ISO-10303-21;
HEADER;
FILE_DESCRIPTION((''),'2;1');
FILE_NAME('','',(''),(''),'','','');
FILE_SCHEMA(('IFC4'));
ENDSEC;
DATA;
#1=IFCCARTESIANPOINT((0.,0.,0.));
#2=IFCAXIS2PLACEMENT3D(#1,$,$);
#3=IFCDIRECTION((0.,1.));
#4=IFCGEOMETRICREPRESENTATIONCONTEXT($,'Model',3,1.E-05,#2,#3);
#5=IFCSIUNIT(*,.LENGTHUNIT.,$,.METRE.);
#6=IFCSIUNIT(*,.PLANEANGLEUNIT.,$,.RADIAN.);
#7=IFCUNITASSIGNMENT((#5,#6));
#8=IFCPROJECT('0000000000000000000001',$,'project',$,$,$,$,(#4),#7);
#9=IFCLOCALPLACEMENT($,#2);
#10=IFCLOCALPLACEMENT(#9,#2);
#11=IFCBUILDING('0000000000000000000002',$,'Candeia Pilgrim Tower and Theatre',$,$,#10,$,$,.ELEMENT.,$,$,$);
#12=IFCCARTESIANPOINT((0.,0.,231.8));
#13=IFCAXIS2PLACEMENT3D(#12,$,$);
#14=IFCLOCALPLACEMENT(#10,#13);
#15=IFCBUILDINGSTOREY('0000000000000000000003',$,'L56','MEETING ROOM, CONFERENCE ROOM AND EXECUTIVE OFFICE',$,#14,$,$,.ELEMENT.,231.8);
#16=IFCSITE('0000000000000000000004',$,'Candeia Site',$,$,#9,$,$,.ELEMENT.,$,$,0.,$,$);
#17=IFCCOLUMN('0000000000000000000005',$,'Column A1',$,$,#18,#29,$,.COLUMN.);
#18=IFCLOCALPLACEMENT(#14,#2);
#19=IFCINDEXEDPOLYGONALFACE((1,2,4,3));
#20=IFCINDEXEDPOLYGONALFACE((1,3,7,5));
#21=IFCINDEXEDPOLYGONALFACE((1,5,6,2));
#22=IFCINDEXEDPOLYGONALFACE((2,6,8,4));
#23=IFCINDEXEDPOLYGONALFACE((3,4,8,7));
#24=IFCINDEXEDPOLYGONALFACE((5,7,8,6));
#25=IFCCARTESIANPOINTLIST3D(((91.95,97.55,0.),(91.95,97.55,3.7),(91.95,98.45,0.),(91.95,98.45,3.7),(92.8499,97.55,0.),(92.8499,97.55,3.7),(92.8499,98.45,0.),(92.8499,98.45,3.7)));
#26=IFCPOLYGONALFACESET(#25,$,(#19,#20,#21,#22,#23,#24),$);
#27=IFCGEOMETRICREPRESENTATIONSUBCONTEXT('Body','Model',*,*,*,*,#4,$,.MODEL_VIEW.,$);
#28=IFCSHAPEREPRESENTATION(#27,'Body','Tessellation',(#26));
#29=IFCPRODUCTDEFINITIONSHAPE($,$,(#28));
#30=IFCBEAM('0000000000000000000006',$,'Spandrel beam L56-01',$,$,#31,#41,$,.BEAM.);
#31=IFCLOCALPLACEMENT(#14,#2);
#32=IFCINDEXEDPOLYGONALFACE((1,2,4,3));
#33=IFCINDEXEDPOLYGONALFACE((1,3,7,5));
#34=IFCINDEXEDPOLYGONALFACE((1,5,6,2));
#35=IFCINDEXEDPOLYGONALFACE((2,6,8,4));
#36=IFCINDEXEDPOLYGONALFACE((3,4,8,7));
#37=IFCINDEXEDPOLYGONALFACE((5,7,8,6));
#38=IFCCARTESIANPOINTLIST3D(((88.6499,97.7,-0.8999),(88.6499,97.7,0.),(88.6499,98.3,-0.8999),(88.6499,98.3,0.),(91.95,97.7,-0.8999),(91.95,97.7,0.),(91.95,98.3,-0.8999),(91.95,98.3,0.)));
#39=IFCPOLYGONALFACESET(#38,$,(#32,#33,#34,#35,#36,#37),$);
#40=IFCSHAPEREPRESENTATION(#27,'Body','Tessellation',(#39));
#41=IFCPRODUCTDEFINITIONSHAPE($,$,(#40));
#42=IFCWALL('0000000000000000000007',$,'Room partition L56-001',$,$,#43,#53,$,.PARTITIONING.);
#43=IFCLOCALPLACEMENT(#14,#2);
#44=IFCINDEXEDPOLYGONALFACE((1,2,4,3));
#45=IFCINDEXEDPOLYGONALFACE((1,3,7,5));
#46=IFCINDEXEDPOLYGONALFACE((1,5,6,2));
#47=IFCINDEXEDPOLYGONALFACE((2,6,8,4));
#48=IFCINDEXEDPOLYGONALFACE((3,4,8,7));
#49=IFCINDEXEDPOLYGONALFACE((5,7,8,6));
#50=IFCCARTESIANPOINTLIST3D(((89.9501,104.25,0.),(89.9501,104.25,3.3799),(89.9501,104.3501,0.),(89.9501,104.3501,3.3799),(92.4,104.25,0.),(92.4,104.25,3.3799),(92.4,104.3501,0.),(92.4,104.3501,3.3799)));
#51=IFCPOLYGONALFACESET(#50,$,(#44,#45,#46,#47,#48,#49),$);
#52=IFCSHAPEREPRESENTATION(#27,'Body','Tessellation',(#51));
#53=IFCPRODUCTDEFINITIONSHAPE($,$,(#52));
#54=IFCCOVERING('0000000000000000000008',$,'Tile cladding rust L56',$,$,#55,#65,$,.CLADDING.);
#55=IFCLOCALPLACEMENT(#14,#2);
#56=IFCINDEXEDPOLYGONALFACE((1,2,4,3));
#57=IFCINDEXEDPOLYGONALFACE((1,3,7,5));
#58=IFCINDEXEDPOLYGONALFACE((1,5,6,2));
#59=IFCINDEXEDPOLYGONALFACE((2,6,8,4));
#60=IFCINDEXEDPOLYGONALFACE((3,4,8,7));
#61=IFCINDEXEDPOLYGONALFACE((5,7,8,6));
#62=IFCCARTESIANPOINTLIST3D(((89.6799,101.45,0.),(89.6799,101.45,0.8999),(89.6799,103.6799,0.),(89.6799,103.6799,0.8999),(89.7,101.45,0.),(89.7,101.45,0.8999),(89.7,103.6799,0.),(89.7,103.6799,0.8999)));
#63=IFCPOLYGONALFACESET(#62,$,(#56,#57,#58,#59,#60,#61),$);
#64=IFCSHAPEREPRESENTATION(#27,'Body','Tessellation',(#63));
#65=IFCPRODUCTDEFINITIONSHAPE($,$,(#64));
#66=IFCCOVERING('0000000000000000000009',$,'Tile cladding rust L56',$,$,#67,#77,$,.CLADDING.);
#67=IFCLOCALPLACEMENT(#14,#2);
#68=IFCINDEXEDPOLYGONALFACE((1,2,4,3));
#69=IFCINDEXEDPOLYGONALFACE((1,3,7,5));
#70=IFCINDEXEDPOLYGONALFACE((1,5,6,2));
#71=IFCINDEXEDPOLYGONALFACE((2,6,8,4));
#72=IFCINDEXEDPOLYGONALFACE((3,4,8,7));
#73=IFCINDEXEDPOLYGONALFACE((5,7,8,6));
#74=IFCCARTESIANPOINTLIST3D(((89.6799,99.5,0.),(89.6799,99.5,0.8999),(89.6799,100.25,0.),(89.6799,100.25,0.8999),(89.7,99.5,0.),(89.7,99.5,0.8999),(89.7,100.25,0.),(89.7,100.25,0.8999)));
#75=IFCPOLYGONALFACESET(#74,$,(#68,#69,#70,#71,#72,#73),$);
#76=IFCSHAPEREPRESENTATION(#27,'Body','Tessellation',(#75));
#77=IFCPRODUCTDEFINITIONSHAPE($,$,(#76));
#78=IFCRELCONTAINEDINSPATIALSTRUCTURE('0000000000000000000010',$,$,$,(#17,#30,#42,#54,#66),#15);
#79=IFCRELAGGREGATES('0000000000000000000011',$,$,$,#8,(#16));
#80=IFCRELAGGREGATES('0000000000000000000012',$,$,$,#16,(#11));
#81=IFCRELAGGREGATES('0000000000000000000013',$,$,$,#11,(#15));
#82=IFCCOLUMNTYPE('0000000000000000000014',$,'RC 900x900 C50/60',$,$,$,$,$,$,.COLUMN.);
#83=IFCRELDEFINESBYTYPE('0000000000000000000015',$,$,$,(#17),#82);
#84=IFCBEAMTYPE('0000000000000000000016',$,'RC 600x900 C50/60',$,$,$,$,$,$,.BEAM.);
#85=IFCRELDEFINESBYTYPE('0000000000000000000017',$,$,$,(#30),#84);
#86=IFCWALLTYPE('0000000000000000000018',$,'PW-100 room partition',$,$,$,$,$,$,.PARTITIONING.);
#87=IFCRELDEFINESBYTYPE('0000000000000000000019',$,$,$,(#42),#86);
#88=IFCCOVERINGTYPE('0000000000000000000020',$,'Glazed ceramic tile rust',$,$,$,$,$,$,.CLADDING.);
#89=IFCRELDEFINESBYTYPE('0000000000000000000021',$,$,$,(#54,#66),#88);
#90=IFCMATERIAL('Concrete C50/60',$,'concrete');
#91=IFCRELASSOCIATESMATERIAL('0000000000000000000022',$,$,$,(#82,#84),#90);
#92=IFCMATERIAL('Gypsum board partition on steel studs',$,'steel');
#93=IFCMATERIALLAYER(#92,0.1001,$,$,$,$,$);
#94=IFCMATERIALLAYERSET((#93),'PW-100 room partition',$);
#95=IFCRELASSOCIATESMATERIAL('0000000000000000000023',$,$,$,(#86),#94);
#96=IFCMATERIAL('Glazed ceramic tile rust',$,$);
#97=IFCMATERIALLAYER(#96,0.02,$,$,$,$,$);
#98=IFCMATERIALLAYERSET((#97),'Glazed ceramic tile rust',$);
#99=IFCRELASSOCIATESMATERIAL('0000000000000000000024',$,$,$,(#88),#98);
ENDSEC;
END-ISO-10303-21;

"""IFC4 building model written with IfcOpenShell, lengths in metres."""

from ifc_helpers import new_model, si_unit, direction, frame, frame_2d, origin, origin_2d, place, context, subcontext, project, spatial, rectangle, extrude, material, layer, layer_set, material_profile, profile_set, type_object, element, save


model = new_model("IFC4")

# Units and contexts
model_context = context("Model", 3, precision=1e-05, world=origin(), true_north=direction((0.0, 1.0)))
body_context = subcontext(model_context, "Body", "Model", "MODEL_VIEW")
ifc_project = project(units=[si_unit("LENGTHUNIT", "METRE"), si_unit("PLANEANGLEUNIT", "RADIAN")], contexts=[model_context])

# Site, building, storey
site_placement = place(None, origin())
site = spatial("IfcSite", under=ifc_project, at=site_placement, Name="Candeia Site", CompositionType="ELEMENT", RefElevation=0.0)
building_placement = place(site_placement, origin())
building = spatial("IfcBuilding", under=site, at=building_placement, Name="Candeia Pilgrim Tower and Theatre", CompositionType="ELEMENT")
storey_placement = place(building_placement, frame((0.0, 0.0, 231.8)))
storey = spatial("IfcBuildingStorey", under=building, at=storey_placement, Name="L56", Description="MEETING ROOM, CONFERENCE ROOM AND EXECUTIVE OFFICE", CompositionType="ELEMENT", Elevation=231.8)

# Column
ifc_material_1 = material(Name="Concrete C50/60", Category="concrete")
ifc_material_profile_1 = material_profile(ifc_material_1, rectangle(XDim=0.8999, YDim=0.8999, at=origin_2d()))
ifc_profile_set_1 = profile_set([ifc_material_profile_1], Name="Concrete C50/60")
column_type = type_object("IfcColumnType", Name="RC 900x900 C50/60", PredefinedType="COLUMN", material=ifc_profile_set_1)
column_placement = place(storey_placement, frame((92.3999, 98.0, 0.0), z_axis=(0.0, 0.0, 1.0), x_axis=(1.0, 0.0, 0.0)))
element("IfcColumn", 1, at=column_placement, inside=storey, type_object=column_type, Name="Column A1", PredefinedType="COLUMN", context=body_context, shape_type="SweptSolid", body=[
    extrude(rectangle(XDim=0.8999, YDim=0.8999, at=origin_2d()), origin(), (0.0, 0.0, 1.0), 3.7),
])

# Beam
ifc_material_profile_2 = material_profile(ifc_material_1, rectangle(XDim=0.6001, YDim=0.8999, at=origin_2d()))
ifc_profile_set_2 = profile_set([ifc_material_profile_2], Name="Concrete C50/60")
beam_type = type_object("IfcBeamType", Name="RC 600x900 C50/60", PredefinedType="BEAM", material=ifc_profile_set_2)
beam_placement = place(storey_placement, frame((88.6499, 98.0, -0.45), z_axis=(1.0, 0.0, 0.0), x_axis=(0.0, 1.0, 0.0)))
element("IfcBeam", 2, at=beam_placement, inside=storey, type_object=beam_type, Name="Spandrel beam L56-01", PredefinedType="BEAM", context=body_context, shape_type="SweptSolid", body=[
    extrude(rectangle(XDim=0.6001, YDim=0.8999, at=origin_2d()), origin(), (0.0, 0.0, 1.0), 3.3),
])

# Wall
ifc_material_2 = material(Name="Gypsum board partition on steel studs", Category="steel")
ifc_layer_1 = layer(ifc_material_2, 0.1001)
ifc_layer_set_1 = layer_set([ifc_layer_1], Name="PW-100 room partition")
wall_type_1 = type_object("IfcWallType", Name="PW-100 room partition", PredefinedType="PARTITIONING", material=ifc_layer_set_1)
wall_1_placement = place(storey_placement, frame((89.95, 104.3, 0.0), z_axis=(0.0, 0.0, 1.0), x_axis=(1.0, 0.0, 0.0)))
element("IfcWall", 3, at=wall_1_placement, inside=storey, type_object=wall_type_1, Name="Room partition L56-001", PredefinedType="PARTITIONING", context=body_context, shape_type="SweptSolid", body=[
    extrude(rectangle(XDim=2.45, YDim=0.1001, at=frame_2d((1.2251, 0.0))), origin(), (0.0, 0.0, 1.0), 3.3799),
])

# Coverings
ifc_material_3 = material(Name="Glazed ceramic tile rust")
ifc_layer_2 = layer(ifc_material_3, 0.02)
ifc_layer_set_2 = layer_set([ifc_layer_2], Name="Glazed ceramic tile rust")
covering_type = type_object("IfcCoveringType", Name="Glazed ceramic tile rust", PredefinedType="CLADDING", material=ifc_layer_set_2)
covering_1_placement = place(storey_placement, frame((89.6899, 102.5649, 0.0), z_axis=(0.0, 0.0, 1.0), x_axis=(0.0, -1.0, 0.0)))
element("IfcCovering", 4, at=covering_1_placement, inside=storey, type_object=covering_type, Name="Tile cladding rust L56", PredefinedType="CLADDING", context=body_context, shape_type="SweptSolid", body=[
    extrude(rectangle(XDim=2.23, YDim=0.02, at=origin_2d()), origin(), (0.0, 0.0, 1.0), 0.8999),
])
covering_2_placement = place(storey_placement, frame((89.6899, 99.875, 0.0), z_axis=(0.0, 0.0, 1.0), x_axis=(0.0, -1.0, 0.0)))
element("IfcCovering", 5, at=covering_2_placement, inside=storey, type_object=covering_type, Name="Tile cladding rust L56", PredefinedType="CLADDING", context=body_context, shape_type="SweptSolid", body=[
    extrude(rectangle(XDim=0.75, YDim=0.02, at=origin_2d()), origin(), (0.0, 0.0, 1.0), 0.8999),
])

save(model, "model.ifc")
